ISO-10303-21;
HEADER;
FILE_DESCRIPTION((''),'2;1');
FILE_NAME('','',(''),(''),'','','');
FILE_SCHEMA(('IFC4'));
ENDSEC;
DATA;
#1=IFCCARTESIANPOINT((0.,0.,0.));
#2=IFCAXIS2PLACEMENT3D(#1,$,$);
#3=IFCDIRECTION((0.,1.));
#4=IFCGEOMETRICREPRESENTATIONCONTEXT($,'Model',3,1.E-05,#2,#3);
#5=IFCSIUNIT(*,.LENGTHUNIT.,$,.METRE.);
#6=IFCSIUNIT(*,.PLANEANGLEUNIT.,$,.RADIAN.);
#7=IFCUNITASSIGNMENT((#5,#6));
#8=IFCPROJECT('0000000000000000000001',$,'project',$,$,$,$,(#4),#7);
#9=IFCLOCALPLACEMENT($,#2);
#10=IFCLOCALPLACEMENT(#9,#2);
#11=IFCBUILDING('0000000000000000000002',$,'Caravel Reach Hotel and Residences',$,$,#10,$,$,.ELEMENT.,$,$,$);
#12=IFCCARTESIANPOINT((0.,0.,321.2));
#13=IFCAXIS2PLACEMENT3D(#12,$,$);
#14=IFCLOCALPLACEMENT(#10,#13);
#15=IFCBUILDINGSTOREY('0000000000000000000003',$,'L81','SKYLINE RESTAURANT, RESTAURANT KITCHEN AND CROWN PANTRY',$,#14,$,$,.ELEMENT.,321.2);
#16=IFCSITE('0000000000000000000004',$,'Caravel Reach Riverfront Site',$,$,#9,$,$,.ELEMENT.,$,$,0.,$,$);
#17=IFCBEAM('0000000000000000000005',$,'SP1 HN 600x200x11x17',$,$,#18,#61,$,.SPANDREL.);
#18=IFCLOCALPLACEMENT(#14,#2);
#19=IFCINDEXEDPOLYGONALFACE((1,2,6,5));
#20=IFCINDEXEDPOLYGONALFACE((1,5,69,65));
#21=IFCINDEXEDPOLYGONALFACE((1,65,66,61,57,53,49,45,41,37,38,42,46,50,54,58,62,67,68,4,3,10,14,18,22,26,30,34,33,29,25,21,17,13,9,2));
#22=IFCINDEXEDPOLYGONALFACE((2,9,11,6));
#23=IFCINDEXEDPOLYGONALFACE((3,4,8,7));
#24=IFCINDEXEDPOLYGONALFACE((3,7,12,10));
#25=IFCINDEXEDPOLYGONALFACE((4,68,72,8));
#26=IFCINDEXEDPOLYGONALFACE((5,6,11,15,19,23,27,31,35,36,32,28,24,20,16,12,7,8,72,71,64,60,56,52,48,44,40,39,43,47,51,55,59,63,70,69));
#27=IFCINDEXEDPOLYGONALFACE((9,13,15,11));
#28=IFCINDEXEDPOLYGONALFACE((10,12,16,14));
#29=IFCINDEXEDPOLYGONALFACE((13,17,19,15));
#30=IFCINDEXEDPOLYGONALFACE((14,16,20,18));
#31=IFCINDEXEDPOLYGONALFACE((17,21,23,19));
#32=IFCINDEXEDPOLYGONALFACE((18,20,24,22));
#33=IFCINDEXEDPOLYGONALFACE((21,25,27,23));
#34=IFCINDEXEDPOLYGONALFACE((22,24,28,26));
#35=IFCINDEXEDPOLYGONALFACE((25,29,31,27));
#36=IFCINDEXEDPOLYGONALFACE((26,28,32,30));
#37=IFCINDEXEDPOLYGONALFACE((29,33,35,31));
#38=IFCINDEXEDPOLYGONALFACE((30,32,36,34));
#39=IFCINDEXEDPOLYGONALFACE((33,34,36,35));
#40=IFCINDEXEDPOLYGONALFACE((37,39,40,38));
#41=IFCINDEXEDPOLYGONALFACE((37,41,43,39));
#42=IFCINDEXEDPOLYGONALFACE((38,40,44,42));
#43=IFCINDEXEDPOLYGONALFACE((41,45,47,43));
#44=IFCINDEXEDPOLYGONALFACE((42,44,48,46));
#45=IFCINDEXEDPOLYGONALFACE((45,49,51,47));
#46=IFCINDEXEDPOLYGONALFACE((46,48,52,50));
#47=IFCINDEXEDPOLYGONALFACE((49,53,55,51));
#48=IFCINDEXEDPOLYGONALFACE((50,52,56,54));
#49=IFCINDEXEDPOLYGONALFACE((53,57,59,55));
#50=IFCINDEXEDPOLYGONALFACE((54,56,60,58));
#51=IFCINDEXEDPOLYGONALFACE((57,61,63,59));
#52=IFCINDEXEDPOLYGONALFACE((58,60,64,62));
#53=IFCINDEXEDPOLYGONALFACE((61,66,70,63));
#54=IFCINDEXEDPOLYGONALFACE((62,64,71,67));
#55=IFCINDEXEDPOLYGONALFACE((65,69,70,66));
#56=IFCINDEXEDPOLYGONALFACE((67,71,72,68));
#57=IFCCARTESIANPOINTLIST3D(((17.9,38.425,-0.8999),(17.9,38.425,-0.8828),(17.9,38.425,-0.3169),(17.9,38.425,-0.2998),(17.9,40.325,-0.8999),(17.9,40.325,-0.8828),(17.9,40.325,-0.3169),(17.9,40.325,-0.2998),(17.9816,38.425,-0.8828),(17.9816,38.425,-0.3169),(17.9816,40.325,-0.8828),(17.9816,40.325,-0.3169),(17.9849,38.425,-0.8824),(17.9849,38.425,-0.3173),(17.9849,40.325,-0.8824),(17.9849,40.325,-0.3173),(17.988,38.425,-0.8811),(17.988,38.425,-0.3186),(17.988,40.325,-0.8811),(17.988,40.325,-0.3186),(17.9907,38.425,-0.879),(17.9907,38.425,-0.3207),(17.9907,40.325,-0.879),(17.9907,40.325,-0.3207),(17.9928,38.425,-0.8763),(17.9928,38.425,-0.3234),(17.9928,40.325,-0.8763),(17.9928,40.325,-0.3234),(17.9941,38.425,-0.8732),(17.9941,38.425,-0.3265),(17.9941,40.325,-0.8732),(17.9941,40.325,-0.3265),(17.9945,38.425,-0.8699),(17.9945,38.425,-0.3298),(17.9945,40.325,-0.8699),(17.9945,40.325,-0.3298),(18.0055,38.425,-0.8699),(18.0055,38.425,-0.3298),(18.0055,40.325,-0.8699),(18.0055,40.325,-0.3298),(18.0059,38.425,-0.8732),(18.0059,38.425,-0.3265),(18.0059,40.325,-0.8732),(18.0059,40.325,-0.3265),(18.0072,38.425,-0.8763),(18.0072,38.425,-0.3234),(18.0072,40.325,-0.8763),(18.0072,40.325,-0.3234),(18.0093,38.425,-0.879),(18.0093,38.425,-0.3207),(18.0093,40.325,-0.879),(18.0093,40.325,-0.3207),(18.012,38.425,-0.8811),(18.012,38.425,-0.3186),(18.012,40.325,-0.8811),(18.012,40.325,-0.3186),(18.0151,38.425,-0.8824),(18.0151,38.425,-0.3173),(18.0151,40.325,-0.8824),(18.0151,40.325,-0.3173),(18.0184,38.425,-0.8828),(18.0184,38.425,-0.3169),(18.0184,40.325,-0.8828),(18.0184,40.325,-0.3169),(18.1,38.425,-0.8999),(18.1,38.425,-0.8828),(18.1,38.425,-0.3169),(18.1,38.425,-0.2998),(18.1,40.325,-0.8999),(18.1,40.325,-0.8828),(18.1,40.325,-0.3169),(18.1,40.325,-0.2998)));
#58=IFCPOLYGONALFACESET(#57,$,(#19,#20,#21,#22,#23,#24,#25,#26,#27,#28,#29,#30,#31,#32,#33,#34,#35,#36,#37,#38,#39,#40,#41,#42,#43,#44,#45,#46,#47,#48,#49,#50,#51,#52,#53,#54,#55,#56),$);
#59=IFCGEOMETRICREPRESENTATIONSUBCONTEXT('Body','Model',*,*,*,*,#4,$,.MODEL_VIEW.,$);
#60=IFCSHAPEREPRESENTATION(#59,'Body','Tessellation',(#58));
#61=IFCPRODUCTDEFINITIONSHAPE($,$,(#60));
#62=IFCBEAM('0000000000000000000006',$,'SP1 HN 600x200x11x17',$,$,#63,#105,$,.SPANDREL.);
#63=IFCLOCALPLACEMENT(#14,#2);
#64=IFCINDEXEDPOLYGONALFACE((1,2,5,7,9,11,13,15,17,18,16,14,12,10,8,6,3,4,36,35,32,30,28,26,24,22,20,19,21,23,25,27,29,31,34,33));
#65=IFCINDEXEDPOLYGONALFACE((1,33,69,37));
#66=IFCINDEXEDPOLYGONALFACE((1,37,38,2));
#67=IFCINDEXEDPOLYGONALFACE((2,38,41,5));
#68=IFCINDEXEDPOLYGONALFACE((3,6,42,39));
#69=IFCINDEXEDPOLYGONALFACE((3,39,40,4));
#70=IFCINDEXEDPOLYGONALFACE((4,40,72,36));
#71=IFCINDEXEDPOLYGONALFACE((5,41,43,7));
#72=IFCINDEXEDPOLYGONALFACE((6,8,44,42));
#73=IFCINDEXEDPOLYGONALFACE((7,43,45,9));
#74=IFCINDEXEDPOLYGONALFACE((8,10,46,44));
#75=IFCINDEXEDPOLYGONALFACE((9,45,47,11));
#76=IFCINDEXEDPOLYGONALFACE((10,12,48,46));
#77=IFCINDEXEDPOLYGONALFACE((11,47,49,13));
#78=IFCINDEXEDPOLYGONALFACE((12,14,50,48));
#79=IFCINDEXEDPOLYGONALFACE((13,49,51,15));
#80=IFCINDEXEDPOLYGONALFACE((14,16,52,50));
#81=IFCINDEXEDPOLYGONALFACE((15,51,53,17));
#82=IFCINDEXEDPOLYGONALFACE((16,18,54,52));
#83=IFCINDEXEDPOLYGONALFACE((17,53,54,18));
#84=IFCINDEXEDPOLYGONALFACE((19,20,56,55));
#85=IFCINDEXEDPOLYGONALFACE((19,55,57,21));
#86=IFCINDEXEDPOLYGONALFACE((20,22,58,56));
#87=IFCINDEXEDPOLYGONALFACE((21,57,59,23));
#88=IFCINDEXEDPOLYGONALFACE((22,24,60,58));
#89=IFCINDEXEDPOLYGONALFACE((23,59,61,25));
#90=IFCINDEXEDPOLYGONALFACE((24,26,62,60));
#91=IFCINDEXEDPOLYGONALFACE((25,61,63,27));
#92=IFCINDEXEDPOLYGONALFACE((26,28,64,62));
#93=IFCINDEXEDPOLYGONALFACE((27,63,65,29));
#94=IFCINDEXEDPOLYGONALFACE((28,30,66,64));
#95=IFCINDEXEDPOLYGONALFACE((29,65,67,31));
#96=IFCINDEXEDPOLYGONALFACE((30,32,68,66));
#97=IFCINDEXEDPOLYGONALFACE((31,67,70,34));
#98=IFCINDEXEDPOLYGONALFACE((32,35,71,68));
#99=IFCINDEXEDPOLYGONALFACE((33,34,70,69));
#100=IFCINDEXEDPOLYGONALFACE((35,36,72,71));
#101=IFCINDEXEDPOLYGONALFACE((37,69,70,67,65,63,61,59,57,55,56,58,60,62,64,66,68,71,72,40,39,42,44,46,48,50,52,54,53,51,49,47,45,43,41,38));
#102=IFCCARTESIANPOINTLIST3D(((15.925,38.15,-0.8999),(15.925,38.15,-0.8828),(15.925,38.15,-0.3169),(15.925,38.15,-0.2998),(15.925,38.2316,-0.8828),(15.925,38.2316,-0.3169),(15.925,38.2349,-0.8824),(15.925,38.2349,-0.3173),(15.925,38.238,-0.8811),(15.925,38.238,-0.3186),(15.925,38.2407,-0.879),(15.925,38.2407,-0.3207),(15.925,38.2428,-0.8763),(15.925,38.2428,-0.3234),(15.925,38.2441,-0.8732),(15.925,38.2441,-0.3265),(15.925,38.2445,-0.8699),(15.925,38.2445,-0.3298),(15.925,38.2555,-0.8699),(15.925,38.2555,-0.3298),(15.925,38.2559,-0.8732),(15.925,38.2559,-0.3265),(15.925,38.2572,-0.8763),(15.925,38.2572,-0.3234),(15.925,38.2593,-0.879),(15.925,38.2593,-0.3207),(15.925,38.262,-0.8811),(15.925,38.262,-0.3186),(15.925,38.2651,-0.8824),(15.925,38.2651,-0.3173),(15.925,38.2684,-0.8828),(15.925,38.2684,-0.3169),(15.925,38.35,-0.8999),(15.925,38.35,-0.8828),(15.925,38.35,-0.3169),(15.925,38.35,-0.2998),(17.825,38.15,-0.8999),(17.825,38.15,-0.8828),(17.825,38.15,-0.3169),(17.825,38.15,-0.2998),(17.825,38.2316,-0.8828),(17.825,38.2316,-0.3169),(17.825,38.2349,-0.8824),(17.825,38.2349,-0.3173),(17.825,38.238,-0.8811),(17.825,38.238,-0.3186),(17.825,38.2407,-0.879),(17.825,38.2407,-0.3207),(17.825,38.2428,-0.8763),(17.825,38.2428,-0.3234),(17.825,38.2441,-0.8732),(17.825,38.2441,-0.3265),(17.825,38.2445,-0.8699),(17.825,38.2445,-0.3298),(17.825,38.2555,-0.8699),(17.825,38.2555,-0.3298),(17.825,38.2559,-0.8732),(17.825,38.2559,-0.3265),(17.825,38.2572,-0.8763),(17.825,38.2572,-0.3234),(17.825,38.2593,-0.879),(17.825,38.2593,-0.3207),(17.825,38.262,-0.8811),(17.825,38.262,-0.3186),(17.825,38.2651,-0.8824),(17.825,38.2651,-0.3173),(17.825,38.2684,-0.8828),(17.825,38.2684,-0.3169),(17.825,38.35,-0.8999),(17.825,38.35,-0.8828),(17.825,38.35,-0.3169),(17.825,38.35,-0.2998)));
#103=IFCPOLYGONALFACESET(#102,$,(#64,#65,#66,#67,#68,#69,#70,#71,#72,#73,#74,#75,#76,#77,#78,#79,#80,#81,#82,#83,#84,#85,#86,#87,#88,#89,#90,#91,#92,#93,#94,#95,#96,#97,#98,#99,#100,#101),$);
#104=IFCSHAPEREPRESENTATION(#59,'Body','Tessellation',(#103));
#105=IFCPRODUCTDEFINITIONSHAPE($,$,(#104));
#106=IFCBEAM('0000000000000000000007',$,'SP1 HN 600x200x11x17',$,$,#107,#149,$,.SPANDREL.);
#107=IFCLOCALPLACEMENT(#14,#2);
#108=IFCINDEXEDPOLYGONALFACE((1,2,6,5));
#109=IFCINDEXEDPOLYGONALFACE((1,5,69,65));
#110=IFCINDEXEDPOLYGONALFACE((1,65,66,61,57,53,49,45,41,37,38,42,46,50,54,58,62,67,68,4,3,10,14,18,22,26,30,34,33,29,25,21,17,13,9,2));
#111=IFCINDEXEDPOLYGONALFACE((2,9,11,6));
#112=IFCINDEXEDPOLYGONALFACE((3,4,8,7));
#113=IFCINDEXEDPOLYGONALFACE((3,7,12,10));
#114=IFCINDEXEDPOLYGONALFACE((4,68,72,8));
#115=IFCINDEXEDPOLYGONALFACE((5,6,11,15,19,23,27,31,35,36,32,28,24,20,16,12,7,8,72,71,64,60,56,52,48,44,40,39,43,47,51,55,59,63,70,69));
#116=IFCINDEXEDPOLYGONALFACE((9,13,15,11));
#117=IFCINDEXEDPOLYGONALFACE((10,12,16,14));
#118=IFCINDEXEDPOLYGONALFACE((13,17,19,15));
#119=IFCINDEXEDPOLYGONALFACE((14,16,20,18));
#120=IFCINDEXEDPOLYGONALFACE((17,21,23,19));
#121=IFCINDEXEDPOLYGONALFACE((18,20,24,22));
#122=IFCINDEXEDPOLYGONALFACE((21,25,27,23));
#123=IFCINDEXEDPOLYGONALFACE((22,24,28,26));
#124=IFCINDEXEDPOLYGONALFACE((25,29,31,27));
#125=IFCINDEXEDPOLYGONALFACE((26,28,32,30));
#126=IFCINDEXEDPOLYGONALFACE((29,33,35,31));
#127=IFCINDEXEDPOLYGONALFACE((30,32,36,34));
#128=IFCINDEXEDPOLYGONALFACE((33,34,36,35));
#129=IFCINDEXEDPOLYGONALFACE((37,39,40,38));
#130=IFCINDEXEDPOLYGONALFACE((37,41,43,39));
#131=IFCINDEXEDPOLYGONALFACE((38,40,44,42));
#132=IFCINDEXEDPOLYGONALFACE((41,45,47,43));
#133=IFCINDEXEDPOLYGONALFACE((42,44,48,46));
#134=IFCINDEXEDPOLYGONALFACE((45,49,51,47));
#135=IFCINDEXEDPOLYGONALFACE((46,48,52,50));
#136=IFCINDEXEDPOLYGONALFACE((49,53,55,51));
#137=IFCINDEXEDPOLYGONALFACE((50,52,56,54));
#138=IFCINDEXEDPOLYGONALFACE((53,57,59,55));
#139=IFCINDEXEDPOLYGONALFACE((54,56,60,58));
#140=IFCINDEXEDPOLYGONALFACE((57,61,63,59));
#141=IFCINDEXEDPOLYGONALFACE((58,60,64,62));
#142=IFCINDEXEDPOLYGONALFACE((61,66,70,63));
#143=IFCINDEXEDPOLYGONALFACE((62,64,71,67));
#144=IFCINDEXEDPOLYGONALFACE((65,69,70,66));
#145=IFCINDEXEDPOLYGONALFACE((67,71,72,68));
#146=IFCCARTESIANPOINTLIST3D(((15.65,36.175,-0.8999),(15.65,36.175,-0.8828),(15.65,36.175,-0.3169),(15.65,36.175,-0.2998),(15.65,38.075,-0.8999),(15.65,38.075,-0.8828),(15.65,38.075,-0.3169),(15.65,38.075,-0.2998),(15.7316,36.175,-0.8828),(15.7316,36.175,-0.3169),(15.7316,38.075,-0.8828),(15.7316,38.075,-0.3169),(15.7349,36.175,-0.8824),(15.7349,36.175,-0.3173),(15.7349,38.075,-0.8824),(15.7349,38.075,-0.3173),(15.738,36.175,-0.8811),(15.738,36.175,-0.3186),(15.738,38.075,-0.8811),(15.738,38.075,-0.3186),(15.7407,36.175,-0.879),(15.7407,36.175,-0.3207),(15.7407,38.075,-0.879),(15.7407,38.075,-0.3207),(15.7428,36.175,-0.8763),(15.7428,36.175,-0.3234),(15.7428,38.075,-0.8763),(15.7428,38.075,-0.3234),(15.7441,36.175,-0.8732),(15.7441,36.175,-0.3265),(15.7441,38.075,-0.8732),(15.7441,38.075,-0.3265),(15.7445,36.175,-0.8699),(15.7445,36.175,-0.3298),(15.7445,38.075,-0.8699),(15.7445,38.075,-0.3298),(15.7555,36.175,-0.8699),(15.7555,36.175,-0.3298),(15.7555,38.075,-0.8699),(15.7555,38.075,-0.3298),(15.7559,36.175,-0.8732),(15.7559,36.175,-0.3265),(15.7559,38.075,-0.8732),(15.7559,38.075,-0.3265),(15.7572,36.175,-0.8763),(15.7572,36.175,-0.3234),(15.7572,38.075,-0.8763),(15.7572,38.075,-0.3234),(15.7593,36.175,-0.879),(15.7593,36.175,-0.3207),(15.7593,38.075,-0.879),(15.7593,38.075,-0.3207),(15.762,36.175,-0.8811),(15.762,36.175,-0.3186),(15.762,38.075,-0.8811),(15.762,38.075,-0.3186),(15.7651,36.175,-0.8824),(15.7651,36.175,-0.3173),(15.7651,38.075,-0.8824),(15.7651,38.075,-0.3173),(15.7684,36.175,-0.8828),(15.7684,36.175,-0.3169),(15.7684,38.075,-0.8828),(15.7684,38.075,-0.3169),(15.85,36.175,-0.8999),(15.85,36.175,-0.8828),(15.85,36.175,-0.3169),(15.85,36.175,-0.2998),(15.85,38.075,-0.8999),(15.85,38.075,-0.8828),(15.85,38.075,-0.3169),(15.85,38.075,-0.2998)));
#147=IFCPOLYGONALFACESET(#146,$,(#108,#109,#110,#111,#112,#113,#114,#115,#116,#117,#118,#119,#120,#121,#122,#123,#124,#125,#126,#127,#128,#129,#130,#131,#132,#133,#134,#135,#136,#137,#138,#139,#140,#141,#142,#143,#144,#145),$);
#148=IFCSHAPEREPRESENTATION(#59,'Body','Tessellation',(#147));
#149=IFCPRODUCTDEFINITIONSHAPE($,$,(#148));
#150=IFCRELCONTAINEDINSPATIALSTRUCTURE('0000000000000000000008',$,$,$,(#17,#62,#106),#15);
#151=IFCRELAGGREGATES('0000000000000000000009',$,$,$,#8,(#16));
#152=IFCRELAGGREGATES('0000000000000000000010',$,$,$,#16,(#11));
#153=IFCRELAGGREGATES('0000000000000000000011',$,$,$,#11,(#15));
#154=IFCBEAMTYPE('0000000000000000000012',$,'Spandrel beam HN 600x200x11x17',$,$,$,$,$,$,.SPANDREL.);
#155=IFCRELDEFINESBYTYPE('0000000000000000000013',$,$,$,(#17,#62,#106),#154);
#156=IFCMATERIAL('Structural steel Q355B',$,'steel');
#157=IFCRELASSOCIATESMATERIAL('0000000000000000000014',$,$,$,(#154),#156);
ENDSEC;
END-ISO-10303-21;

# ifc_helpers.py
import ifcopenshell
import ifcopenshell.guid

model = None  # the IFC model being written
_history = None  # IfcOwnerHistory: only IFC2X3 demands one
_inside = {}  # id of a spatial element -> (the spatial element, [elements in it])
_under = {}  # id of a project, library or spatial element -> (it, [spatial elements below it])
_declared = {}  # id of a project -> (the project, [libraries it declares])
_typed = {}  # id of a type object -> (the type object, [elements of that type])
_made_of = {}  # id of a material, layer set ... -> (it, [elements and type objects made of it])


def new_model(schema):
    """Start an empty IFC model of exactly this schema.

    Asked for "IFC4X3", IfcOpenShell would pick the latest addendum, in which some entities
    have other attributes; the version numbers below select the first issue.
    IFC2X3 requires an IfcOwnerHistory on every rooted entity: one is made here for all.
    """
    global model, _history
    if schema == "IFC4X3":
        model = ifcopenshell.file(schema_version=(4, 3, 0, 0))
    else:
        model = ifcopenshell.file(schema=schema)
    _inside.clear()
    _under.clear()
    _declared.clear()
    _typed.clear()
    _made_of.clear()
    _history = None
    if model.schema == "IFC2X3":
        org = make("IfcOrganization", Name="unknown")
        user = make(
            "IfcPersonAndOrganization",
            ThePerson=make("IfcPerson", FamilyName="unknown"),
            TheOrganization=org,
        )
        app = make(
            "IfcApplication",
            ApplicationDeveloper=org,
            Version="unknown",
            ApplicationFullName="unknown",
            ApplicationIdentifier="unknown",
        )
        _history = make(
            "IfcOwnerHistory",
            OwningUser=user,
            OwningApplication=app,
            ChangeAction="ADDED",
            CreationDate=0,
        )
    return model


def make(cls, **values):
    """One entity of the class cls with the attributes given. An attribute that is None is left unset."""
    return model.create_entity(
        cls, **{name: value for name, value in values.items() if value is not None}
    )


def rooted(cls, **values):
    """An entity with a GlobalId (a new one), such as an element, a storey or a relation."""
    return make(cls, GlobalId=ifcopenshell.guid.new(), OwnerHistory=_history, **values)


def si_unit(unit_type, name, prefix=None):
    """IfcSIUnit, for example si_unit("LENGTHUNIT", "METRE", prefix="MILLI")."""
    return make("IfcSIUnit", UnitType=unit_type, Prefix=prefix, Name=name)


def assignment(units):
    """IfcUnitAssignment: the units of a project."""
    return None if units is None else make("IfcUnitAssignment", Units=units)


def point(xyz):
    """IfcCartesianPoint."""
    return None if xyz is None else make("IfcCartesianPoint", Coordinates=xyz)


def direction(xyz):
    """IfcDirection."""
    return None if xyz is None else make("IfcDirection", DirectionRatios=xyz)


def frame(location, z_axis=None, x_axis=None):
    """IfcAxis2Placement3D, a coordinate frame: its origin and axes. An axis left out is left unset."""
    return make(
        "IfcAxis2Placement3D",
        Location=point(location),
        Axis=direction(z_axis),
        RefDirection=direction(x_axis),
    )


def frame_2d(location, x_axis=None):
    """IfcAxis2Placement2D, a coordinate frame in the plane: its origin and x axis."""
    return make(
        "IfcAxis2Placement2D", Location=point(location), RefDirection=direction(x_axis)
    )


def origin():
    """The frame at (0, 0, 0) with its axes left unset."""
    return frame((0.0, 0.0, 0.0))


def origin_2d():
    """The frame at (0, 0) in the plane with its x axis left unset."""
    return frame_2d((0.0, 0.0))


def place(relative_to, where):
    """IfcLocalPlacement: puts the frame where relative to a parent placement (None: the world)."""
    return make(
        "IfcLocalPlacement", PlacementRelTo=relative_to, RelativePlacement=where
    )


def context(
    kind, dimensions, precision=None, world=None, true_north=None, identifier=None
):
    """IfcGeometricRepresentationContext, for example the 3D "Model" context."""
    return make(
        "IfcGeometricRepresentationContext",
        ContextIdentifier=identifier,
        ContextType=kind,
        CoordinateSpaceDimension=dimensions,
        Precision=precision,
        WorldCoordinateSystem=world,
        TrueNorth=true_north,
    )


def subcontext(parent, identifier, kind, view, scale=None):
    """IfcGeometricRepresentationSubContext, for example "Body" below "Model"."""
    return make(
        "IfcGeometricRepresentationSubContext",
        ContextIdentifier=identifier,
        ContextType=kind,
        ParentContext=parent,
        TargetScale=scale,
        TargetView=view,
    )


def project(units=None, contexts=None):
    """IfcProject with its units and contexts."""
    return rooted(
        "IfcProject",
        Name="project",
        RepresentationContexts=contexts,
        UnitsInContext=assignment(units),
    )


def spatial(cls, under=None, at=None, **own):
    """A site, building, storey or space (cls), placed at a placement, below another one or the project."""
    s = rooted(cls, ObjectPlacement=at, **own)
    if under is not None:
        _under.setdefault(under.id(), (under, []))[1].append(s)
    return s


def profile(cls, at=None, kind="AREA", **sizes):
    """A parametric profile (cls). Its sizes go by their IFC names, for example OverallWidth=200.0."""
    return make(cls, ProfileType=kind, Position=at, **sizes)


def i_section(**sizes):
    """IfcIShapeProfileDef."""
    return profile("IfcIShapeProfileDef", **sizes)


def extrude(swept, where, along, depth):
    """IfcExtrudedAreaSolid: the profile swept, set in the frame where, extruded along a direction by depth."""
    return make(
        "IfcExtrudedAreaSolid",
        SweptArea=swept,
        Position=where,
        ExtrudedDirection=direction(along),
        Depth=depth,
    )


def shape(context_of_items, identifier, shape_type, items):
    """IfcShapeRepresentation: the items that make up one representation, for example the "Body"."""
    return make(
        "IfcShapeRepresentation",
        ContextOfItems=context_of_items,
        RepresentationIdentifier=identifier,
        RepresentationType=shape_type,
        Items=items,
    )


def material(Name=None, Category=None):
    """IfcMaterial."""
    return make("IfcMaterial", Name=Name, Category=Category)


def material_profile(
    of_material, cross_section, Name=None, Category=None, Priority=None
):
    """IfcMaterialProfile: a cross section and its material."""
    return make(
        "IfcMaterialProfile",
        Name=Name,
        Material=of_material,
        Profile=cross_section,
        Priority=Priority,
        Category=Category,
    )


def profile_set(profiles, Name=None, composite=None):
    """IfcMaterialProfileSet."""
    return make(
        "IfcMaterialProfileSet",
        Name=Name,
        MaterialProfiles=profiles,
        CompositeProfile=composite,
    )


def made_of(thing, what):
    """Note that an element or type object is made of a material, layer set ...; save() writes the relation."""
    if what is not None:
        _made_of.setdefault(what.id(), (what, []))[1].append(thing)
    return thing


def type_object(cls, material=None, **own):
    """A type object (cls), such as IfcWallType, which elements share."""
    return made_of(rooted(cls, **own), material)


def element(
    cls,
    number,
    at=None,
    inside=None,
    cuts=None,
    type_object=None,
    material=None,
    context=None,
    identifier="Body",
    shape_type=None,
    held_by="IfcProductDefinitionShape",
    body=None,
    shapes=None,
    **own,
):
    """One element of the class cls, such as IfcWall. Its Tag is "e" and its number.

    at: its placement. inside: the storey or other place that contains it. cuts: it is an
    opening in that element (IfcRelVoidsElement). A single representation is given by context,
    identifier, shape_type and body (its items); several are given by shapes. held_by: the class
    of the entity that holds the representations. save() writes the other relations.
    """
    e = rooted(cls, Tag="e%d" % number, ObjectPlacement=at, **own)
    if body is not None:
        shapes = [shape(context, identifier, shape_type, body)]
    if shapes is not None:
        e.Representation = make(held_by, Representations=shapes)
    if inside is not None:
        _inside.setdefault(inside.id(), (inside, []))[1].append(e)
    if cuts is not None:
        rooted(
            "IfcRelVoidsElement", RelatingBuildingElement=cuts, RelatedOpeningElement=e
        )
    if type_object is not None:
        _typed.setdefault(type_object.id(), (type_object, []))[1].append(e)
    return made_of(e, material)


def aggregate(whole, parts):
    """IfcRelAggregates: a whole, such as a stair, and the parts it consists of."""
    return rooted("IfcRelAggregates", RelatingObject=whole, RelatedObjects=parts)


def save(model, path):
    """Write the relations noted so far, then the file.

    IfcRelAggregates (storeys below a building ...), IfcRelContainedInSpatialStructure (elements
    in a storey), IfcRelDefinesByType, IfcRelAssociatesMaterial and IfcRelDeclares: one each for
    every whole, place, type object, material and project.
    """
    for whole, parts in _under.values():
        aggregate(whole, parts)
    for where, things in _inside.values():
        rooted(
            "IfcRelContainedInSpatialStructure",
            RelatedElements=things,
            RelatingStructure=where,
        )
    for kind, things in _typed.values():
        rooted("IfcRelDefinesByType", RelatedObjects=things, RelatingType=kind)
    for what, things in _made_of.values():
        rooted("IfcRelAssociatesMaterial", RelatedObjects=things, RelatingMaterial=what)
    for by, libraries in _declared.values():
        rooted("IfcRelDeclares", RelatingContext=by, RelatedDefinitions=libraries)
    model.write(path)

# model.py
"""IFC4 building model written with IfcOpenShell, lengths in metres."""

from ifc_helpers import new_model, si_unit, direction, frame, origin, origin_2d, place, context, subcontext, project, spatial, i_section, extrude, material, material_profile, profile_set, type_object, element, save


model = new_model("IFC4")

# Units and contexts
model_context = context("Model", 3, precision=1e-05, world=origin(), true_north=direction((0.0, 1.0)))
body_context = subcontext(model_context, "Body", "Model", "MODEL_VIEW")
ifc_project = project(units=[si_unit("LENGTHUNIT", "METRE"), si_unit("PLANEANGLEUNIT", "RADIAN")], contexts=[model_context])

# Site, building, storey
site_placement = place(None, origin())
site = spatial("IfcSite", under=ifc_project, at=site_placement, Name="Caravel Reach Riverfront Site", CompositionType="ELEMENT", RefElevation=0.0)
building_placement = place(site_placement, origin())
building = spatial("IfcBuilding", under=site, at=building_placement, Name="Caravel Reach Hotel and Residences", CompositionType="ELEMENT")
storey_placement = place(building_placement, frame((0.0, 0.0, 321.2)))
storey = spatial("IfcBuildingStorey", under=building, at=storey_placement, Name="L81", Description="SKYLINE RESTAURANT, RESTAURANT KITCHEN AND CROWN PANTRY", CompositionType="ELEMENT", Elevation=321.2)

# Beams
ifc_material_1 = material(Name="Structural steel Q355B", Category="steel")
ifc_material_profile_1 = material_profile(ifc_material_1, i_section(OverallWidth=0.2, OverallDepth=0.6001, WebThickness=0.011, FlangeThickness=0.0171, FilletRadius=0.0129, at=origin_2d()), Name="HN 600x200x11x17")
ifc_profile_set_1 = profile_set([ifc_material_profile_1], Name="Structural steel Q355B")
beam_type_1 = type_object("IfcBeamType", Name="Spandrel beam HN 600x200x11x17", PredefinedType="SPANDREL", material=ifc_profile_set_1)
for number, where, z_axis, x_axis, name in (
    (1, (18.0, 40.325, -0.5999), (0.0, -1.0, 0.0), (1.0, 0.0, 0.0), "SP1 HN 600x200x11x17"),
    (2, (17.825, 38.25, -0.5999), (-1.0, 0.0, 0.0), (0.0, -1.0, 0.0), "SP1 HN 600x200x11x17"),
    (3, (15.75, 38.075, -0.5999), (0.0, -1.0, 0.0), (1.0, 0.0, 0.0), "SP1 HN 600x200x11x17"),
):
    element("IfcBeam", number, at=place(storey_placement, frame(where, z_axis=z_axis, x_axis=x_axis)), inside=storey, type_object=beam_type_1, Name=name, PredefinedType="SPANDREL", context=body_context, shape_type="SweptSolid", body=[
        extrude(i_section(OverallWidth=0.2, OverallDepth=0.6001, WebThickness=0.011, FlangeThickness=0.0171, FilletRadius=0.0129, at=origin_2d()), origin(), (0.0, 0.0, 1.0), 1.8999),
    ])

save(model, "model.ifc")
